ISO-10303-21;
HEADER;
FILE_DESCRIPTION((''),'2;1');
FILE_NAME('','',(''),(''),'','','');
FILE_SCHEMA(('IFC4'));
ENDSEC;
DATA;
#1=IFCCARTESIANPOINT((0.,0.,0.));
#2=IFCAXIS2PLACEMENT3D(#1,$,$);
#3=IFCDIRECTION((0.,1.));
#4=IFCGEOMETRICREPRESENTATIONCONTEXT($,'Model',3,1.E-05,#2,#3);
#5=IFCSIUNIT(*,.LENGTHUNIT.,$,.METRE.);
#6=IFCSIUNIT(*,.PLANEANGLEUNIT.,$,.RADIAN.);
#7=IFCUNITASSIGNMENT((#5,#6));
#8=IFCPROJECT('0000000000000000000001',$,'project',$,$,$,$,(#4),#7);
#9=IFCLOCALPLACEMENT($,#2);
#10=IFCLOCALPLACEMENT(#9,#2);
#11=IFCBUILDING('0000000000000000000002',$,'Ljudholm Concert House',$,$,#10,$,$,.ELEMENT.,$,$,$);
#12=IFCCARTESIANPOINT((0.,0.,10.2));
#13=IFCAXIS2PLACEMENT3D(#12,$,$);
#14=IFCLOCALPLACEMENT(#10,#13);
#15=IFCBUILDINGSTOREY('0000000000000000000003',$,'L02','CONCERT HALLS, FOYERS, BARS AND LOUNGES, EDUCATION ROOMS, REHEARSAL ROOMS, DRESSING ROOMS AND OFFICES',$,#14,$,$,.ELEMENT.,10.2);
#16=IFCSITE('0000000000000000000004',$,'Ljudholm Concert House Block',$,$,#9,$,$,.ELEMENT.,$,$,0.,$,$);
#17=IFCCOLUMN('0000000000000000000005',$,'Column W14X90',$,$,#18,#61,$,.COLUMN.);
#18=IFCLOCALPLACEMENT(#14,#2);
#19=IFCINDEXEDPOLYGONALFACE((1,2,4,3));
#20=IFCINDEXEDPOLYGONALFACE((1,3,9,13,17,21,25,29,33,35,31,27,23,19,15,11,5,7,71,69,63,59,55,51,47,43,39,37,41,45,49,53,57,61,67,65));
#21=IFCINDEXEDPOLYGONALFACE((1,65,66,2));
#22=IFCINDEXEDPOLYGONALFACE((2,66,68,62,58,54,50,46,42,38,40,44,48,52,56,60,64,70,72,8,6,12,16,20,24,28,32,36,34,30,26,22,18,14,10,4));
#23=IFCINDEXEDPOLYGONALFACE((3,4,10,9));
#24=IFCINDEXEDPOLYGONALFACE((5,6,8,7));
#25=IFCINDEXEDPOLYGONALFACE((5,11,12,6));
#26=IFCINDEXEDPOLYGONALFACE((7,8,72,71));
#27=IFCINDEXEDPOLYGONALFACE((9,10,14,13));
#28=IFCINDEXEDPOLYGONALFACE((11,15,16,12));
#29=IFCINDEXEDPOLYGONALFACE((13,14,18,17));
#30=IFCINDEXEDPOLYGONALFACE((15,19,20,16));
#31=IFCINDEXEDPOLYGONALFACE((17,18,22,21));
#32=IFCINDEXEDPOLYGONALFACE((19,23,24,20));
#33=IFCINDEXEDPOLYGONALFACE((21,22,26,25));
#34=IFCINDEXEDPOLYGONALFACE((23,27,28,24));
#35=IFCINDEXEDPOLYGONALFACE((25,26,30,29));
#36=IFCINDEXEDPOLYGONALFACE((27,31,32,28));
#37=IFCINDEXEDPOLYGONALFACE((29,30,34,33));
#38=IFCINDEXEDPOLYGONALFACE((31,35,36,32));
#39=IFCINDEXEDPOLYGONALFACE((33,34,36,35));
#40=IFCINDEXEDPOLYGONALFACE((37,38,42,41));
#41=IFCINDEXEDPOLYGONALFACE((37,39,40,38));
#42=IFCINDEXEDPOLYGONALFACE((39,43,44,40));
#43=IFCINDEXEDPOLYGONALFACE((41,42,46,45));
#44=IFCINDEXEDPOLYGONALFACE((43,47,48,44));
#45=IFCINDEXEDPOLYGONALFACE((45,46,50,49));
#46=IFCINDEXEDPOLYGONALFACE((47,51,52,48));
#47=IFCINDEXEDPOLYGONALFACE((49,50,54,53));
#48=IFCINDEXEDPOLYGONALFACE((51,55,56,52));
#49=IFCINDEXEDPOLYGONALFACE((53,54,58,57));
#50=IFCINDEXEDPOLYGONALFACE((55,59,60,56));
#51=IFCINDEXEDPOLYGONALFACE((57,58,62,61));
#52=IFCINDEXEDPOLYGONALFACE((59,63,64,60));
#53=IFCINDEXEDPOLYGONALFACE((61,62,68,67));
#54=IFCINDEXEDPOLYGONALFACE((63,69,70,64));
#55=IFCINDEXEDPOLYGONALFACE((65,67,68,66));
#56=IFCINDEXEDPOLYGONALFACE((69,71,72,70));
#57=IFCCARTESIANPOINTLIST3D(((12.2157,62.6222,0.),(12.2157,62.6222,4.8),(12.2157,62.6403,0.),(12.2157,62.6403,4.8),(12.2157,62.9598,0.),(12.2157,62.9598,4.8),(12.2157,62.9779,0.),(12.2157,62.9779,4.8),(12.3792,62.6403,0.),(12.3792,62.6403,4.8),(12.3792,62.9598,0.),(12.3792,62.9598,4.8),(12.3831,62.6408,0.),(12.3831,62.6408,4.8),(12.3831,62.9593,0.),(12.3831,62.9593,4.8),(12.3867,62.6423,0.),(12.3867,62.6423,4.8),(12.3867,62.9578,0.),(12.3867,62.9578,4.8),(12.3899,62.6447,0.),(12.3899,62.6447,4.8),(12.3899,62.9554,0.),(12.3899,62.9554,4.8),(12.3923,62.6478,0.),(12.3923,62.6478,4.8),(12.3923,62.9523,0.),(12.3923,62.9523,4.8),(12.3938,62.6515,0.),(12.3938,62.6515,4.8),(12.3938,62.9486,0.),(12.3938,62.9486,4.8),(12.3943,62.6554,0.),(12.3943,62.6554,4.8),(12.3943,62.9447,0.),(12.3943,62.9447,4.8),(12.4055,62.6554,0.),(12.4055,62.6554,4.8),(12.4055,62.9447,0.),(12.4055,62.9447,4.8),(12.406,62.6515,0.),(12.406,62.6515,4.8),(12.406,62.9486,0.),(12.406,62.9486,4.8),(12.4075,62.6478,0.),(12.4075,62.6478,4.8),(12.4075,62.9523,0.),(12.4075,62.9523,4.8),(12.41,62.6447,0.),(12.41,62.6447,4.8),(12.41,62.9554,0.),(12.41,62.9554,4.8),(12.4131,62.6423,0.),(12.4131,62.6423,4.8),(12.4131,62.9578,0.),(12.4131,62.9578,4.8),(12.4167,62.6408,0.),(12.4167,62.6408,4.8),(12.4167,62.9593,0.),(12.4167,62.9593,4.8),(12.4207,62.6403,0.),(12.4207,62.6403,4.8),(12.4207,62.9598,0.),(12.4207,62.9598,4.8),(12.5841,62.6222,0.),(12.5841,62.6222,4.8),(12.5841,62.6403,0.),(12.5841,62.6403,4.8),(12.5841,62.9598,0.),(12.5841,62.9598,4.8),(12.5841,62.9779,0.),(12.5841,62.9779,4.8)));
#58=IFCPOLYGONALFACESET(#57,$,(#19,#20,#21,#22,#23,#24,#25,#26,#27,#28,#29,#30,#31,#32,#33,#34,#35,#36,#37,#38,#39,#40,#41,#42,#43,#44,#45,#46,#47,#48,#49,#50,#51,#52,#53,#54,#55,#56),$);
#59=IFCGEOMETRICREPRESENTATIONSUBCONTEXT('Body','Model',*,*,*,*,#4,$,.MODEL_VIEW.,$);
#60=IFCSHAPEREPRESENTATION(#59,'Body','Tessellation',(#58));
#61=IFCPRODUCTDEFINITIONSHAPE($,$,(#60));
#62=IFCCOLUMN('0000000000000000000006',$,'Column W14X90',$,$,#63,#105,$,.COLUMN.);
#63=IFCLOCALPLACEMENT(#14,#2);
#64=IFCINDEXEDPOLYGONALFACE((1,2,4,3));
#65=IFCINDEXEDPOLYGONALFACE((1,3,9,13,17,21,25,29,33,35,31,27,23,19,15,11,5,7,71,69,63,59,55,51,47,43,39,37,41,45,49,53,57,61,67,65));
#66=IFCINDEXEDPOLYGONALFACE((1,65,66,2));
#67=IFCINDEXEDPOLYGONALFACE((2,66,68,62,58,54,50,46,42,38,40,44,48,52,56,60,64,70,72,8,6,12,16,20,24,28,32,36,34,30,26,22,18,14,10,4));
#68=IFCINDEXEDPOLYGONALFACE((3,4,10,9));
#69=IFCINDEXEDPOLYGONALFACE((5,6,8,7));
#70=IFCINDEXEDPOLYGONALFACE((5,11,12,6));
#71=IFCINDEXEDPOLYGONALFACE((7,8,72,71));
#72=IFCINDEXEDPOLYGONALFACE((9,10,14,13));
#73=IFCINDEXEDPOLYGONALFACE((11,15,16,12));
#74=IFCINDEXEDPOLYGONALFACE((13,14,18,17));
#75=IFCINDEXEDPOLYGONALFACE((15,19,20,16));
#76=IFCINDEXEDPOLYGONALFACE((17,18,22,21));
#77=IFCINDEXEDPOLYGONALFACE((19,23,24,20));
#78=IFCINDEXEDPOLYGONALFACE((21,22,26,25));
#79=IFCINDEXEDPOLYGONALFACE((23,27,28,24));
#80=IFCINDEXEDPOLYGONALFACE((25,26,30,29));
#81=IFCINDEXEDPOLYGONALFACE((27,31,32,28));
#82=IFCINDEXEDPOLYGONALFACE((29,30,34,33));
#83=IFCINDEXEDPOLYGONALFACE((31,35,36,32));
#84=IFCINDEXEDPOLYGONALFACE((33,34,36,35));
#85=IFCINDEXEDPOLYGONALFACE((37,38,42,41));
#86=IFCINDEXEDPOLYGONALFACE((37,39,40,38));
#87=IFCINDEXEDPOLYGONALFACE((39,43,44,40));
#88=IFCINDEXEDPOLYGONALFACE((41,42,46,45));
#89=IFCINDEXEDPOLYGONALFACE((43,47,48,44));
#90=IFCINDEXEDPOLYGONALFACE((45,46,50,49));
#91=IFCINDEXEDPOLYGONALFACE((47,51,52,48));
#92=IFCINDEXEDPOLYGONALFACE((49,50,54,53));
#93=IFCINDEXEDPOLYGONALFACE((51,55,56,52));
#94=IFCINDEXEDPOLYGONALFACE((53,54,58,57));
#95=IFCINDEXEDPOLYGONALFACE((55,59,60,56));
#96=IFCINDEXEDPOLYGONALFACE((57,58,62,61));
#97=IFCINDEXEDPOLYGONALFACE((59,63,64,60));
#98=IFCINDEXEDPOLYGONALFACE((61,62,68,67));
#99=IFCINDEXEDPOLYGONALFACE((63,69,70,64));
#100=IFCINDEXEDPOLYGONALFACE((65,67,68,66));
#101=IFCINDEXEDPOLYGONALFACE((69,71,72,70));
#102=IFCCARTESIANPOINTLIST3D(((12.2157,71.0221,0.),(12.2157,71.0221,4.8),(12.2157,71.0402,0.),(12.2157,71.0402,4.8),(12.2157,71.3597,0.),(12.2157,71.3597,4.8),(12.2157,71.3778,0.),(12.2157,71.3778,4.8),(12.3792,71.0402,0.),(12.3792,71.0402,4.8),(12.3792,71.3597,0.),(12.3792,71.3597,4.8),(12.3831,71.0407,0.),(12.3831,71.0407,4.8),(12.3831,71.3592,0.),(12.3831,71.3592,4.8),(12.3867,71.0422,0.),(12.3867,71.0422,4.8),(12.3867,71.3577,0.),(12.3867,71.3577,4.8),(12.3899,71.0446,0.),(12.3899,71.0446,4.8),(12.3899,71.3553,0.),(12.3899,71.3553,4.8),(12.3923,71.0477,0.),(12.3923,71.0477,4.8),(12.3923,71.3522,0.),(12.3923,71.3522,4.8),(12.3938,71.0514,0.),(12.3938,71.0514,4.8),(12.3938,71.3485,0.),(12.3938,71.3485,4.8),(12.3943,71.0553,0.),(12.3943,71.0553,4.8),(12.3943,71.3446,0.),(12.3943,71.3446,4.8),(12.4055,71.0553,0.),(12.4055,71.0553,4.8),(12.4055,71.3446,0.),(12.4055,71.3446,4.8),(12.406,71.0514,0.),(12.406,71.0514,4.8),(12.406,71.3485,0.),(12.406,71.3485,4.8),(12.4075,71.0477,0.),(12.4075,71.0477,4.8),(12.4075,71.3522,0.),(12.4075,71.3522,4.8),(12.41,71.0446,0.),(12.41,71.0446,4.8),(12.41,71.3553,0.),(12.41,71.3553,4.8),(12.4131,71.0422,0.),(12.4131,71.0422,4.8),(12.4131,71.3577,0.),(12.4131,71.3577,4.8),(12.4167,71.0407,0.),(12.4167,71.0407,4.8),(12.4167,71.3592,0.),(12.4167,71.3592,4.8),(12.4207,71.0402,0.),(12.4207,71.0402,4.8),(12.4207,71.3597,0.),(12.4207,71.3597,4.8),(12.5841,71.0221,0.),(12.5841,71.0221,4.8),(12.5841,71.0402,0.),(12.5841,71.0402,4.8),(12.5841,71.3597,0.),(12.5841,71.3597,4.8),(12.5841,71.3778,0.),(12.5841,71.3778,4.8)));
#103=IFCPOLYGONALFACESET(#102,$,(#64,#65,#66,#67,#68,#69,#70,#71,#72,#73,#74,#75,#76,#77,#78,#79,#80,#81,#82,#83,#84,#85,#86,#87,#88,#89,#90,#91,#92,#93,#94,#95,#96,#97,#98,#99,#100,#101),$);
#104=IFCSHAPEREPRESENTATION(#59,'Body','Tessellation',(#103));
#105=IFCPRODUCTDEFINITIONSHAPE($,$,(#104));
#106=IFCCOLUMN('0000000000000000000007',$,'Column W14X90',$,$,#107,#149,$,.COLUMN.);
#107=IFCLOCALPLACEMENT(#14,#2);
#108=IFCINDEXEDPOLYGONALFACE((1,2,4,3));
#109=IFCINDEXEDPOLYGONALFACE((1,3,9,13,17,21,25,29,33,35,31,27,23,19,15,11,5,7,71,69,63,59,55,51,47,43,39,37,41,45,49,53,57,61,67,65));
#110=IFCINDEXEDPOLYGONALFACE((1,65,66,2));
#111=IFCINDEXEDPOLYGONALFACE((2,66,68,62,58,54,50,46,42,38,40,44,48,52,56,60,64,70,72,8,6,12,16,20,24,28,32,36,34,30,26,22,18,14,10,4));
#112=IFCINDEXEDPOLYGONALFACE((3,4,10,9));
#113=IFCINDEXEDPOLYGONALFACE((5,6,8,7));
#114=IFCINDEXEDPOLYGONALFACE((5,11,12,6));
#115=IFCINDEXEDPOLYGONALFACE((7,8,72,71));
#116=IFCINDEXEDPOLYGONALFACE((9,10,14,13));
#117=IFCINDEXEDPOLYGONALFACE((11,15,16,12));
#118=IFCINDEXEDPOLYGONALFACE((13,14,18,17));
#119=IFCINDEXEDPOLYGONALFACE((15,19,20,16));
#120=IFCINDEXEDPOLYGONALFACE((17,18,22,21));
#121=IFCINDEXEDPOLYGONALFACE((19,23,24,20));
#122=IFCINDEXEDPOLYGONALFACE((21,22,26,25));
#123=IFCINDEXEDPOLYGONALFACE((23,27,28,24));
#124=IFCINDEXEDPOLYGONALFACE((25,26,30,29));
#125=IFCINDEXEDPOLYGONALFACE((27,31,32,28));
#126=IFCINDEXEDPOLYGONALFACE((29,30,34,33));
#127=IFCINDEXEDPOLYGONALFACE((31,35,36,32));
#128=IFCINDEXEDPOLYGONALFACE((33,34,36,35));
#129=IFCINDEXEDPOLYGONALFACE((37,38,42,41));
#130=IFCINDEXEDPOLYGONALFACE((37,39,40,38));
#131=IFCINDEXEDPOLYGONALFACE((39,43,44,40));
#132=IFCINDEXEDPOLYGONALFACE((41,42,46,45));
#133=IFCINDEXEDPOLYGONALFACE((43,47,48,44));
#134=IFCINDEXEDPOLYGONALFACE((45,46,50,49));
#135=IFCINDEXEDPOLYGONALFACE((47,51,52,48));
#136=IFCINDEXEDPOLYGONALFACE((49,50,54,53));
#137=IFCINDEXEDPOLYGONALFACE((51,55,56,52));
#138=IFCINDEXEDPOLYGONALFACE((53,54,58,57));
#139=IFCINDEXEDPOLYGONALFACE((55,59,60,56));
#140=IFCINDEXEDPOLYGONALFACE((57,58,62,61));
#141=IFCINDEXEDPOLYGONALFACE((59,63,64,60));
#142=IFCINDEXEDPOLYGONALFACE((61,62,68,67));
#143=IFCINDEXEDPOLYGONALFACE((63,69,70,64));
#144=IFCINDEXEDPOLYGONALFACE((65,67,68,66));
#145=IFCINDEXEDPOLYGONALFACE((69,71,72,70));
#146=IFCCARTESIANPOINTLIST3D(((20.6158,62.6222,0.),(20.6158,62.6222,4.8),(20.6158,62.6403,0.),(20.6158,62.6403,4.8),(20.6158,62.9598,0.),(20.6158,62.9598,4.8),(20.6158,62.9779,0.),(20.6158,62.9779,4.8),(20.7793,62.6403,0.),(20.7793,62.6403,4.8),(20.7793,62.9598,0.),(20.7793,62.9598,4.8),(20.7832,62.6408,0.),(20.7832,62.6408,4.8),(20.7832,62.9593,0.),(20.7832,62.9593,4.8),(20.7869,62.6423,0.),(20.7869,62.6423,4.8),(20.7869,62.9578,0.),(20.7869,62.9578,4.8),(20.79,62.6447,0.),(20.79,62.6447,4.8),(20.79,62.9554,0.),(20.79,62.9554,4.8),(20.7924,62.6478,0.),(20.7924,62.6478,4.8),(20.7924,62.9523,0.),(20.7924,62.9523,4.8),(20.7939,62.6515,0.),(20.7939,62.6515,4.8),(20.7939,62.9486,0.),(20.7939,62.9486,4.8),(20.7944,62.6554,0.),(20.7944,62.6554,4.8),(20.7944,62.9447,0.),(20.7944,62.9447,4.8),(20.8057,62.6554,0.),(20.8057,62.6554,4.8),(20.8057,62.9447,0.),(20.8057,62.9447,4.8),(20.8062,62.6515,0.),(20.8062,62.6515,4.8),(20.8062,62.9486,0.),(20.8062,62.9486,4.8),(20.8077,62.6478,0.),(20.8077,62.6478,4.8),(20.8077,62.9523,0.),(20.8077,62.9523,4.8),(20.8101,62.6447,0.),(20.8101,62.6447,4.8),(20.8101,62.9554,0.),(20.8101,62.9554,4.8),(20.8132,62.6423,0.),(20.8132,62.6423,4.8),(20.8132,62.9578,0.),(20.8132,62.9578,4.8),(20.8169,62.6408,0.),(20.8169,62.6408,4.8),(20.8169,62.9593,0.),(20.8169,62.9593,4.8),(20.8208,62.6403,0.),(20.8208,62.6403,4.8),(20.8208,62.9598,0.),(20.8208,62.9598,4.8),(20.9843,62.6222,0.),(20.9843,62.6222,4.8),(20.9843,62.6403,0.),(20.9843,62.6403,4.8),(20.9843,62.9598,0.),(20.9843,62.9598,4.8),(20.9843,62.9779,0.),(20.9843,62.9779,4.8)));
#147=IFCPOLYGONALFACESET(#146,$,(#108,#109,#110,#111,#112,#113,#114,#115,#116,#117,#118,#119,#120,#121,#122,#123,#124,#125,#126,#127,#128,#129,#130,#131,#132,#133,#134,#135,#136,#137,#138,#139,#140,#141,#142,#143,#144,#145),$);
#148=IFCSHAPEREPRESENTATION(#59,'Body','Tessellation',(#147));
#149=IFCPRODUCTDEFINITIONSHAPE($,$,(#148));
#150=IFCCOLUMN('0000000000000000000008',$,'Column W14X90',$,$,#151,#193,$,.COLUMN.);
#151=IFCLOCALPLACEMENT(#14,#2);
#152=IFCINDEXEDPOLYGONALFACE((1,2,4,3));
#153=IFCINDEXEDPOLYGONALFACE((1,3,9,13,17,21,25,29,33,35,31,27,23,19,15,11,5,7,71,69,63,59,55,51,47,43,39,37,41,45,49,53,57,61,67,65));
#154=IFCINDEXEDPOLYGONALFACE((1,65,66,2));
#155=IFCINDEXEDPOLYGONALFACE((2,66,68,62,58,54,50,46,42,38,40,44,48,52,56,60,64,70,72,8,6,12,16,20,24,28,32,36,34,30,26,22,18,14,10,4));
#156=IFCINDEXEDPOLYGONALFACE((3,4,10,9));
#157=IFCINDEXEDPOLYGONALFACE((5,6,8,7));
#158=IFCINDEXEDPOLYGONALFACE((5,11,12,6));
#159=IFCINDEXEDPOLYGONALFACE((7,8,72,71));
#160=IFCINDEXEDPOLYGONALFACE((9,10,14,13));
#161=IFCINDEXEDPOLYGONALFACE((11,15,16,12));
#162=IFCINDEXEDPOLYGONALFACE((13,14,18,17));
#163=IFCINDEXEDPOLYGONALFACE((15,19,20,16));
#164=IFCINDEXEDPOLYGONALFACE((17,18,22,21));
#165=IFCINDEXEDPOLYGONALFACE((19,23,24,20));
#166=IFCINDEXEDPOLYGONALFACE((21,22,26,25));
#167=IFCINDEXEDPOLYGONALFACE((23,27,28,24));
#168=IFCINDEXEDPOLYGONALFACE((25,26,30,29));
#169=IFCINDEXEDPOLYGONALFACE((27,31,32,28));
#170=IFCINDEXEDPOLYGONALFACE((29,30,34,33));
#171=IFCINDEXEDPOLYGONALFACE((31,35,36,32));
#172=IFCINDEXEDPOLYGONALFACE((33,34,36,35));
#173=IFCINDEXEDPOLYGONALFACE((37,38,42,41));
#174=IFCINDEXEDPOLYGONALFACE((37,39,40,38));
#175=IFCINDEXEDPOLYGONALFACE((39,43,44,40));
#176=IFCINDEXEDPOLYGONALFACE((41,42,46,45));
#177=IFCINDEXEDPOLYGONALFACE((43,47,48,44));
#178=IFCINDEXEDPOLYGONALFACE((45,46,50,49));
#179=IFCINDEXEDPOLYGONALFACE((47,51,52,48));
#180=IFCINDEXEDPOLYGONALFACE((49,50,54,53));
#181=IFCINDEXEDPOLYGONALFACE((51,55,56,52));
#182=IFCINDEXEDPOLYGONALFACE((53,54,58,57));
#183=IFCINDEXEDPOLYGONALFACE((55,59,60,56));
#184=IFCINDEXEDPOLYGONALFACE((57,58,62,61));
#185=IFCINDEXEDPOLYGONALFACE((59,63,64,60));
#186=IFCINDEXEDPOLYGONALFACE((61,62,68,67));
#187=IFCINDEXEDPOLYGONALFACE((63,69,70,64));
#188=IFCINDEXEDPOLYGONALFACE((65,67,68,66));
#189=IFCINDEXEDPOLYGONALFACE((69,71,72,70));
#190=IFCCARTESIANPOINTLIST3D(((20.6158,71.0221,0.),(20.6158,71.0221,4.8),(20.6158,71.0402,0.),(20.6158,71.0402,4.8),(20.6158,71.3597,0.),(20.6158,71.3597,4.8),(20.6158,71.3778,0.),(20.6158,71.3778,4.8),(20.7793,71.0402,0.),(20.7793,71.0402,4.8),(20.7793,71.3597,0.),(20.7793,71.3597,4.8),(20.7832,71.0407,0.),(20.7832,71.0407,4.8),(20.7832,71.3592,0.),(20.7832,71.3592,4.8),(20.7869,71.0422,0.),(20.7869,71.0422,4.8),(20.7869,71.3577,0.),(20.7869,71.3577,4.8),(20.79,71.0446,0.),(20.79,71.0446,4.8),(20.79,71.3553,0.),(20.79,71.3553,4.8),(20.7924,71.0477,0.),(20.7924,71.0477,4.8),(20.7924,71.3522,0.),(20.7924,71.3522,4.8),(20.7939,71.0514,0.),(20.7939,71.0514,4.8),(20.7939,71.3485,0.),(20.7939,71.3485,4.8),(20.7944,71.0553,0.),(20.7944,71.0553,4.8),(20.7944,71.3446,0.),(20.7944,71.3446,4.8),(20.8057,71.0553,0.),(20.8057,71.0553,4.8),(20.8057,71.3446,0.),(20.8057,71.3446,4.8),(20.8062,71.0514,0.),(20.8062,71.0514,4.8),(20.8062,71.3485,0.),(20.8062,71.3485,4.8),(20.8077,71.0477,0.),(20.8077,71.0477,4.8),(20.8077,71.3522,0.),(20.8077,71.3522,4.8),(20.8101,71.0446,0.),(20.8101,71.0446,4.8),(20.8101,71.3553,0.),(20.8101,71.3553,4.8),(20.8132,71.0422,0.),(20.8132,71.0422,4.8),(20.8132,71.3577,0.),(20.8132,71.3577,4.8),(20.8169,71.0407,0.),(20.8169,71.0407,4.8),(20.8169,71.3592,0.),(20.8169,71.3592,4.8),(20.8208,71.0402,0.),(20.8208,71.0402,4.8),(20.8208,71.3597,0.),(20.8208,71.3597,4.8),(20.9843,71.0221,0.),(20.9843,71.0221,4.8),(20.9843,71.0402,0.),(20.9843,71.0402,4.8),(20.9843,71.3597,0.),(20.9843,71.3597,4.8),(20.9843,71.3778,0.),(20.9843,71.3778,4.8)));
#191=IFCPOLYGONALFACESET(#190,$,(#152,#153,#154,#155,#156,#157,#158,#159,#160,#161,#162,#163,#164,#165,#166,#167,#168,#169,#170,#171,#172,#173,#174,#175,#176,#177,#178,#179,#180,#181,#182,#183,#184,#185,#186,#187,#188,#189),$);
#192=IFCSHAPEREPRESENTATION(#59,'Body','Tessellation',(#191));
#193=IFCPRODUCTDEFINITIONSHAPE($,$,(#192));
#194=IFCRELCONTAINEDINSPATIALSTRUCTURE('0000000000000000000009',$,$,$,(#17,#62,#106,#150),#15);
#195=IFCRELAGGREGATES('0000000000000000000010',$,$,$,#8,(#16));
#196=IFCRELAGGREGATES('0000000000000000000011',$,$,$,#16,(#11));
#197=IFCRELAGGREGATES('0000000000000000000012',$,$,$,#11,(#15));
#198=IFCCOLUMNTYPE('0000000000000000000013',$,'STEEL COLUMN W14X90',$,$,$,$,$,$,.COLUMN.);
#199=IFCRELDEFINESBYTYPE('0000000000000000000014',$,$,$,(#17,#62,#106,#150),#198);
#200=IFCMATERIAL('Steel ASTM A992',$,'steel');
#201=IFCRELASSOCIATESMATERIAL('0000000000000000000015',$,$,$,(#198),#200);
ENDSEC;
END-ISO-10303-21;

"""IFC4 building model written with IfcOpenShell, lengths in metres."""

from ifc_helpers import new_model, si_unit, direction, frame, origin, origin_2d, place, context, subcontext, project, spatial, i_section, extrude, material, material_profile, profile_set, type_object, element, save


model = new_model("IFC4")

# Units and contexts
model_context = context("Model", 3, precision=1e-05, world=origin(), true_north=direction((0.0, 1.0)))
body_context = subcontext(model_context, "Body", "Model", "MODEL_VIEW")
ifc_project = project(units=[si_unit("LENGTHUNIT", "METRE"), si_unit("PLANEANGLEUNIT", "RADIAN")], contexts=[model_context])

# Site, building, storey
site_placement = place(None, origin())
site = spatial("IfcSite", under=ifc_project, at=site_placement, Name="Ljudholm Concert House Block", CompositionType="ELEMENT", RefElevation=0.0)
building_placement = place(site_placement, origin())
building = spatial("IfcBuilding", under=site, at=building_placement, Name="Ljudholm Concert House", CompositionType="ELEMENT")
storey_placement = place(building_placement, frame((0.0, 0.0, 10.2)))
storey = spatial("IfcBuildingStorey", under=building, at=storey_placement, Name="L02", Description="CONCERT HALLS, FOYERS, BARS AND LOUNGES, EDUCATION ROOMS, REHEARSAL ROOMS, DRESSING ROOMS AND OFFICES", CompositionType="ELEMENT", Elevation=10.2)

# Columns
ifc_material_1 = material(Name="Steel ASTM A992", Category="steel")
ifc_material_profile_1 = material_profile(ifc_material_1, i_section(OverallWidth=0.3684, OverallDepth=0.3557, WebThickness=0.0112, FlangeThickness=0.0181, FilletRadius=0.0151, at=origin_2d()), Name="W14X90")
ifc_profile_set_1 = profile_set([ifc_material_profile_1], Name="Steel ASTM A992")
column_type = type_object("IfcColumnType", Name="STEEL COLUMN W14X90", PredefinedType="COLUMN", material=ifc_profile_set_1)
for number, where, z_axis, x_axis, name in (
    (1, (12.3999, 62.8, 0.0), (0.0, 0.0, 1.0), (1.0, 0.0, 0.0), "Column W14X90"),
    (2, (12.3999, 71.2, 0.0), (0.0, 0.0, 1.0), (1.0, 0.0, 0.0), "Column W14X90"),
    (3, (20.8, 62.8, 0.0), (0.0, 0.0, 1.0), (1.0, 0.0, 0.0), "Column W14X90"),
    (4, (20.8, 71.2, 0.0), (0.0, 0.0, 1.0), (1.0, 0.0, 0.0), "Column W14X90"),
):
    element("IfcColumn", number, at=place(storey_placement, frame(where, z_axis=z_axis, x_axis=x_axis)), inside=storey, type_object=column_type, Name=name, PredefinedType="COLUMN", context=body_context, shape_type="SweptSolid", body=[
        extrude(i_section(OverallWidth=0.3684, OverallDepth=0.3557, WebThickness=0.0112, FlangeThickness=0.0181, FilletRadius=0.0151, at=origin_2d()), origin(), (0.0, 0.0, 1.0), 4.8),
    ])

save(model, "model.ifc")
